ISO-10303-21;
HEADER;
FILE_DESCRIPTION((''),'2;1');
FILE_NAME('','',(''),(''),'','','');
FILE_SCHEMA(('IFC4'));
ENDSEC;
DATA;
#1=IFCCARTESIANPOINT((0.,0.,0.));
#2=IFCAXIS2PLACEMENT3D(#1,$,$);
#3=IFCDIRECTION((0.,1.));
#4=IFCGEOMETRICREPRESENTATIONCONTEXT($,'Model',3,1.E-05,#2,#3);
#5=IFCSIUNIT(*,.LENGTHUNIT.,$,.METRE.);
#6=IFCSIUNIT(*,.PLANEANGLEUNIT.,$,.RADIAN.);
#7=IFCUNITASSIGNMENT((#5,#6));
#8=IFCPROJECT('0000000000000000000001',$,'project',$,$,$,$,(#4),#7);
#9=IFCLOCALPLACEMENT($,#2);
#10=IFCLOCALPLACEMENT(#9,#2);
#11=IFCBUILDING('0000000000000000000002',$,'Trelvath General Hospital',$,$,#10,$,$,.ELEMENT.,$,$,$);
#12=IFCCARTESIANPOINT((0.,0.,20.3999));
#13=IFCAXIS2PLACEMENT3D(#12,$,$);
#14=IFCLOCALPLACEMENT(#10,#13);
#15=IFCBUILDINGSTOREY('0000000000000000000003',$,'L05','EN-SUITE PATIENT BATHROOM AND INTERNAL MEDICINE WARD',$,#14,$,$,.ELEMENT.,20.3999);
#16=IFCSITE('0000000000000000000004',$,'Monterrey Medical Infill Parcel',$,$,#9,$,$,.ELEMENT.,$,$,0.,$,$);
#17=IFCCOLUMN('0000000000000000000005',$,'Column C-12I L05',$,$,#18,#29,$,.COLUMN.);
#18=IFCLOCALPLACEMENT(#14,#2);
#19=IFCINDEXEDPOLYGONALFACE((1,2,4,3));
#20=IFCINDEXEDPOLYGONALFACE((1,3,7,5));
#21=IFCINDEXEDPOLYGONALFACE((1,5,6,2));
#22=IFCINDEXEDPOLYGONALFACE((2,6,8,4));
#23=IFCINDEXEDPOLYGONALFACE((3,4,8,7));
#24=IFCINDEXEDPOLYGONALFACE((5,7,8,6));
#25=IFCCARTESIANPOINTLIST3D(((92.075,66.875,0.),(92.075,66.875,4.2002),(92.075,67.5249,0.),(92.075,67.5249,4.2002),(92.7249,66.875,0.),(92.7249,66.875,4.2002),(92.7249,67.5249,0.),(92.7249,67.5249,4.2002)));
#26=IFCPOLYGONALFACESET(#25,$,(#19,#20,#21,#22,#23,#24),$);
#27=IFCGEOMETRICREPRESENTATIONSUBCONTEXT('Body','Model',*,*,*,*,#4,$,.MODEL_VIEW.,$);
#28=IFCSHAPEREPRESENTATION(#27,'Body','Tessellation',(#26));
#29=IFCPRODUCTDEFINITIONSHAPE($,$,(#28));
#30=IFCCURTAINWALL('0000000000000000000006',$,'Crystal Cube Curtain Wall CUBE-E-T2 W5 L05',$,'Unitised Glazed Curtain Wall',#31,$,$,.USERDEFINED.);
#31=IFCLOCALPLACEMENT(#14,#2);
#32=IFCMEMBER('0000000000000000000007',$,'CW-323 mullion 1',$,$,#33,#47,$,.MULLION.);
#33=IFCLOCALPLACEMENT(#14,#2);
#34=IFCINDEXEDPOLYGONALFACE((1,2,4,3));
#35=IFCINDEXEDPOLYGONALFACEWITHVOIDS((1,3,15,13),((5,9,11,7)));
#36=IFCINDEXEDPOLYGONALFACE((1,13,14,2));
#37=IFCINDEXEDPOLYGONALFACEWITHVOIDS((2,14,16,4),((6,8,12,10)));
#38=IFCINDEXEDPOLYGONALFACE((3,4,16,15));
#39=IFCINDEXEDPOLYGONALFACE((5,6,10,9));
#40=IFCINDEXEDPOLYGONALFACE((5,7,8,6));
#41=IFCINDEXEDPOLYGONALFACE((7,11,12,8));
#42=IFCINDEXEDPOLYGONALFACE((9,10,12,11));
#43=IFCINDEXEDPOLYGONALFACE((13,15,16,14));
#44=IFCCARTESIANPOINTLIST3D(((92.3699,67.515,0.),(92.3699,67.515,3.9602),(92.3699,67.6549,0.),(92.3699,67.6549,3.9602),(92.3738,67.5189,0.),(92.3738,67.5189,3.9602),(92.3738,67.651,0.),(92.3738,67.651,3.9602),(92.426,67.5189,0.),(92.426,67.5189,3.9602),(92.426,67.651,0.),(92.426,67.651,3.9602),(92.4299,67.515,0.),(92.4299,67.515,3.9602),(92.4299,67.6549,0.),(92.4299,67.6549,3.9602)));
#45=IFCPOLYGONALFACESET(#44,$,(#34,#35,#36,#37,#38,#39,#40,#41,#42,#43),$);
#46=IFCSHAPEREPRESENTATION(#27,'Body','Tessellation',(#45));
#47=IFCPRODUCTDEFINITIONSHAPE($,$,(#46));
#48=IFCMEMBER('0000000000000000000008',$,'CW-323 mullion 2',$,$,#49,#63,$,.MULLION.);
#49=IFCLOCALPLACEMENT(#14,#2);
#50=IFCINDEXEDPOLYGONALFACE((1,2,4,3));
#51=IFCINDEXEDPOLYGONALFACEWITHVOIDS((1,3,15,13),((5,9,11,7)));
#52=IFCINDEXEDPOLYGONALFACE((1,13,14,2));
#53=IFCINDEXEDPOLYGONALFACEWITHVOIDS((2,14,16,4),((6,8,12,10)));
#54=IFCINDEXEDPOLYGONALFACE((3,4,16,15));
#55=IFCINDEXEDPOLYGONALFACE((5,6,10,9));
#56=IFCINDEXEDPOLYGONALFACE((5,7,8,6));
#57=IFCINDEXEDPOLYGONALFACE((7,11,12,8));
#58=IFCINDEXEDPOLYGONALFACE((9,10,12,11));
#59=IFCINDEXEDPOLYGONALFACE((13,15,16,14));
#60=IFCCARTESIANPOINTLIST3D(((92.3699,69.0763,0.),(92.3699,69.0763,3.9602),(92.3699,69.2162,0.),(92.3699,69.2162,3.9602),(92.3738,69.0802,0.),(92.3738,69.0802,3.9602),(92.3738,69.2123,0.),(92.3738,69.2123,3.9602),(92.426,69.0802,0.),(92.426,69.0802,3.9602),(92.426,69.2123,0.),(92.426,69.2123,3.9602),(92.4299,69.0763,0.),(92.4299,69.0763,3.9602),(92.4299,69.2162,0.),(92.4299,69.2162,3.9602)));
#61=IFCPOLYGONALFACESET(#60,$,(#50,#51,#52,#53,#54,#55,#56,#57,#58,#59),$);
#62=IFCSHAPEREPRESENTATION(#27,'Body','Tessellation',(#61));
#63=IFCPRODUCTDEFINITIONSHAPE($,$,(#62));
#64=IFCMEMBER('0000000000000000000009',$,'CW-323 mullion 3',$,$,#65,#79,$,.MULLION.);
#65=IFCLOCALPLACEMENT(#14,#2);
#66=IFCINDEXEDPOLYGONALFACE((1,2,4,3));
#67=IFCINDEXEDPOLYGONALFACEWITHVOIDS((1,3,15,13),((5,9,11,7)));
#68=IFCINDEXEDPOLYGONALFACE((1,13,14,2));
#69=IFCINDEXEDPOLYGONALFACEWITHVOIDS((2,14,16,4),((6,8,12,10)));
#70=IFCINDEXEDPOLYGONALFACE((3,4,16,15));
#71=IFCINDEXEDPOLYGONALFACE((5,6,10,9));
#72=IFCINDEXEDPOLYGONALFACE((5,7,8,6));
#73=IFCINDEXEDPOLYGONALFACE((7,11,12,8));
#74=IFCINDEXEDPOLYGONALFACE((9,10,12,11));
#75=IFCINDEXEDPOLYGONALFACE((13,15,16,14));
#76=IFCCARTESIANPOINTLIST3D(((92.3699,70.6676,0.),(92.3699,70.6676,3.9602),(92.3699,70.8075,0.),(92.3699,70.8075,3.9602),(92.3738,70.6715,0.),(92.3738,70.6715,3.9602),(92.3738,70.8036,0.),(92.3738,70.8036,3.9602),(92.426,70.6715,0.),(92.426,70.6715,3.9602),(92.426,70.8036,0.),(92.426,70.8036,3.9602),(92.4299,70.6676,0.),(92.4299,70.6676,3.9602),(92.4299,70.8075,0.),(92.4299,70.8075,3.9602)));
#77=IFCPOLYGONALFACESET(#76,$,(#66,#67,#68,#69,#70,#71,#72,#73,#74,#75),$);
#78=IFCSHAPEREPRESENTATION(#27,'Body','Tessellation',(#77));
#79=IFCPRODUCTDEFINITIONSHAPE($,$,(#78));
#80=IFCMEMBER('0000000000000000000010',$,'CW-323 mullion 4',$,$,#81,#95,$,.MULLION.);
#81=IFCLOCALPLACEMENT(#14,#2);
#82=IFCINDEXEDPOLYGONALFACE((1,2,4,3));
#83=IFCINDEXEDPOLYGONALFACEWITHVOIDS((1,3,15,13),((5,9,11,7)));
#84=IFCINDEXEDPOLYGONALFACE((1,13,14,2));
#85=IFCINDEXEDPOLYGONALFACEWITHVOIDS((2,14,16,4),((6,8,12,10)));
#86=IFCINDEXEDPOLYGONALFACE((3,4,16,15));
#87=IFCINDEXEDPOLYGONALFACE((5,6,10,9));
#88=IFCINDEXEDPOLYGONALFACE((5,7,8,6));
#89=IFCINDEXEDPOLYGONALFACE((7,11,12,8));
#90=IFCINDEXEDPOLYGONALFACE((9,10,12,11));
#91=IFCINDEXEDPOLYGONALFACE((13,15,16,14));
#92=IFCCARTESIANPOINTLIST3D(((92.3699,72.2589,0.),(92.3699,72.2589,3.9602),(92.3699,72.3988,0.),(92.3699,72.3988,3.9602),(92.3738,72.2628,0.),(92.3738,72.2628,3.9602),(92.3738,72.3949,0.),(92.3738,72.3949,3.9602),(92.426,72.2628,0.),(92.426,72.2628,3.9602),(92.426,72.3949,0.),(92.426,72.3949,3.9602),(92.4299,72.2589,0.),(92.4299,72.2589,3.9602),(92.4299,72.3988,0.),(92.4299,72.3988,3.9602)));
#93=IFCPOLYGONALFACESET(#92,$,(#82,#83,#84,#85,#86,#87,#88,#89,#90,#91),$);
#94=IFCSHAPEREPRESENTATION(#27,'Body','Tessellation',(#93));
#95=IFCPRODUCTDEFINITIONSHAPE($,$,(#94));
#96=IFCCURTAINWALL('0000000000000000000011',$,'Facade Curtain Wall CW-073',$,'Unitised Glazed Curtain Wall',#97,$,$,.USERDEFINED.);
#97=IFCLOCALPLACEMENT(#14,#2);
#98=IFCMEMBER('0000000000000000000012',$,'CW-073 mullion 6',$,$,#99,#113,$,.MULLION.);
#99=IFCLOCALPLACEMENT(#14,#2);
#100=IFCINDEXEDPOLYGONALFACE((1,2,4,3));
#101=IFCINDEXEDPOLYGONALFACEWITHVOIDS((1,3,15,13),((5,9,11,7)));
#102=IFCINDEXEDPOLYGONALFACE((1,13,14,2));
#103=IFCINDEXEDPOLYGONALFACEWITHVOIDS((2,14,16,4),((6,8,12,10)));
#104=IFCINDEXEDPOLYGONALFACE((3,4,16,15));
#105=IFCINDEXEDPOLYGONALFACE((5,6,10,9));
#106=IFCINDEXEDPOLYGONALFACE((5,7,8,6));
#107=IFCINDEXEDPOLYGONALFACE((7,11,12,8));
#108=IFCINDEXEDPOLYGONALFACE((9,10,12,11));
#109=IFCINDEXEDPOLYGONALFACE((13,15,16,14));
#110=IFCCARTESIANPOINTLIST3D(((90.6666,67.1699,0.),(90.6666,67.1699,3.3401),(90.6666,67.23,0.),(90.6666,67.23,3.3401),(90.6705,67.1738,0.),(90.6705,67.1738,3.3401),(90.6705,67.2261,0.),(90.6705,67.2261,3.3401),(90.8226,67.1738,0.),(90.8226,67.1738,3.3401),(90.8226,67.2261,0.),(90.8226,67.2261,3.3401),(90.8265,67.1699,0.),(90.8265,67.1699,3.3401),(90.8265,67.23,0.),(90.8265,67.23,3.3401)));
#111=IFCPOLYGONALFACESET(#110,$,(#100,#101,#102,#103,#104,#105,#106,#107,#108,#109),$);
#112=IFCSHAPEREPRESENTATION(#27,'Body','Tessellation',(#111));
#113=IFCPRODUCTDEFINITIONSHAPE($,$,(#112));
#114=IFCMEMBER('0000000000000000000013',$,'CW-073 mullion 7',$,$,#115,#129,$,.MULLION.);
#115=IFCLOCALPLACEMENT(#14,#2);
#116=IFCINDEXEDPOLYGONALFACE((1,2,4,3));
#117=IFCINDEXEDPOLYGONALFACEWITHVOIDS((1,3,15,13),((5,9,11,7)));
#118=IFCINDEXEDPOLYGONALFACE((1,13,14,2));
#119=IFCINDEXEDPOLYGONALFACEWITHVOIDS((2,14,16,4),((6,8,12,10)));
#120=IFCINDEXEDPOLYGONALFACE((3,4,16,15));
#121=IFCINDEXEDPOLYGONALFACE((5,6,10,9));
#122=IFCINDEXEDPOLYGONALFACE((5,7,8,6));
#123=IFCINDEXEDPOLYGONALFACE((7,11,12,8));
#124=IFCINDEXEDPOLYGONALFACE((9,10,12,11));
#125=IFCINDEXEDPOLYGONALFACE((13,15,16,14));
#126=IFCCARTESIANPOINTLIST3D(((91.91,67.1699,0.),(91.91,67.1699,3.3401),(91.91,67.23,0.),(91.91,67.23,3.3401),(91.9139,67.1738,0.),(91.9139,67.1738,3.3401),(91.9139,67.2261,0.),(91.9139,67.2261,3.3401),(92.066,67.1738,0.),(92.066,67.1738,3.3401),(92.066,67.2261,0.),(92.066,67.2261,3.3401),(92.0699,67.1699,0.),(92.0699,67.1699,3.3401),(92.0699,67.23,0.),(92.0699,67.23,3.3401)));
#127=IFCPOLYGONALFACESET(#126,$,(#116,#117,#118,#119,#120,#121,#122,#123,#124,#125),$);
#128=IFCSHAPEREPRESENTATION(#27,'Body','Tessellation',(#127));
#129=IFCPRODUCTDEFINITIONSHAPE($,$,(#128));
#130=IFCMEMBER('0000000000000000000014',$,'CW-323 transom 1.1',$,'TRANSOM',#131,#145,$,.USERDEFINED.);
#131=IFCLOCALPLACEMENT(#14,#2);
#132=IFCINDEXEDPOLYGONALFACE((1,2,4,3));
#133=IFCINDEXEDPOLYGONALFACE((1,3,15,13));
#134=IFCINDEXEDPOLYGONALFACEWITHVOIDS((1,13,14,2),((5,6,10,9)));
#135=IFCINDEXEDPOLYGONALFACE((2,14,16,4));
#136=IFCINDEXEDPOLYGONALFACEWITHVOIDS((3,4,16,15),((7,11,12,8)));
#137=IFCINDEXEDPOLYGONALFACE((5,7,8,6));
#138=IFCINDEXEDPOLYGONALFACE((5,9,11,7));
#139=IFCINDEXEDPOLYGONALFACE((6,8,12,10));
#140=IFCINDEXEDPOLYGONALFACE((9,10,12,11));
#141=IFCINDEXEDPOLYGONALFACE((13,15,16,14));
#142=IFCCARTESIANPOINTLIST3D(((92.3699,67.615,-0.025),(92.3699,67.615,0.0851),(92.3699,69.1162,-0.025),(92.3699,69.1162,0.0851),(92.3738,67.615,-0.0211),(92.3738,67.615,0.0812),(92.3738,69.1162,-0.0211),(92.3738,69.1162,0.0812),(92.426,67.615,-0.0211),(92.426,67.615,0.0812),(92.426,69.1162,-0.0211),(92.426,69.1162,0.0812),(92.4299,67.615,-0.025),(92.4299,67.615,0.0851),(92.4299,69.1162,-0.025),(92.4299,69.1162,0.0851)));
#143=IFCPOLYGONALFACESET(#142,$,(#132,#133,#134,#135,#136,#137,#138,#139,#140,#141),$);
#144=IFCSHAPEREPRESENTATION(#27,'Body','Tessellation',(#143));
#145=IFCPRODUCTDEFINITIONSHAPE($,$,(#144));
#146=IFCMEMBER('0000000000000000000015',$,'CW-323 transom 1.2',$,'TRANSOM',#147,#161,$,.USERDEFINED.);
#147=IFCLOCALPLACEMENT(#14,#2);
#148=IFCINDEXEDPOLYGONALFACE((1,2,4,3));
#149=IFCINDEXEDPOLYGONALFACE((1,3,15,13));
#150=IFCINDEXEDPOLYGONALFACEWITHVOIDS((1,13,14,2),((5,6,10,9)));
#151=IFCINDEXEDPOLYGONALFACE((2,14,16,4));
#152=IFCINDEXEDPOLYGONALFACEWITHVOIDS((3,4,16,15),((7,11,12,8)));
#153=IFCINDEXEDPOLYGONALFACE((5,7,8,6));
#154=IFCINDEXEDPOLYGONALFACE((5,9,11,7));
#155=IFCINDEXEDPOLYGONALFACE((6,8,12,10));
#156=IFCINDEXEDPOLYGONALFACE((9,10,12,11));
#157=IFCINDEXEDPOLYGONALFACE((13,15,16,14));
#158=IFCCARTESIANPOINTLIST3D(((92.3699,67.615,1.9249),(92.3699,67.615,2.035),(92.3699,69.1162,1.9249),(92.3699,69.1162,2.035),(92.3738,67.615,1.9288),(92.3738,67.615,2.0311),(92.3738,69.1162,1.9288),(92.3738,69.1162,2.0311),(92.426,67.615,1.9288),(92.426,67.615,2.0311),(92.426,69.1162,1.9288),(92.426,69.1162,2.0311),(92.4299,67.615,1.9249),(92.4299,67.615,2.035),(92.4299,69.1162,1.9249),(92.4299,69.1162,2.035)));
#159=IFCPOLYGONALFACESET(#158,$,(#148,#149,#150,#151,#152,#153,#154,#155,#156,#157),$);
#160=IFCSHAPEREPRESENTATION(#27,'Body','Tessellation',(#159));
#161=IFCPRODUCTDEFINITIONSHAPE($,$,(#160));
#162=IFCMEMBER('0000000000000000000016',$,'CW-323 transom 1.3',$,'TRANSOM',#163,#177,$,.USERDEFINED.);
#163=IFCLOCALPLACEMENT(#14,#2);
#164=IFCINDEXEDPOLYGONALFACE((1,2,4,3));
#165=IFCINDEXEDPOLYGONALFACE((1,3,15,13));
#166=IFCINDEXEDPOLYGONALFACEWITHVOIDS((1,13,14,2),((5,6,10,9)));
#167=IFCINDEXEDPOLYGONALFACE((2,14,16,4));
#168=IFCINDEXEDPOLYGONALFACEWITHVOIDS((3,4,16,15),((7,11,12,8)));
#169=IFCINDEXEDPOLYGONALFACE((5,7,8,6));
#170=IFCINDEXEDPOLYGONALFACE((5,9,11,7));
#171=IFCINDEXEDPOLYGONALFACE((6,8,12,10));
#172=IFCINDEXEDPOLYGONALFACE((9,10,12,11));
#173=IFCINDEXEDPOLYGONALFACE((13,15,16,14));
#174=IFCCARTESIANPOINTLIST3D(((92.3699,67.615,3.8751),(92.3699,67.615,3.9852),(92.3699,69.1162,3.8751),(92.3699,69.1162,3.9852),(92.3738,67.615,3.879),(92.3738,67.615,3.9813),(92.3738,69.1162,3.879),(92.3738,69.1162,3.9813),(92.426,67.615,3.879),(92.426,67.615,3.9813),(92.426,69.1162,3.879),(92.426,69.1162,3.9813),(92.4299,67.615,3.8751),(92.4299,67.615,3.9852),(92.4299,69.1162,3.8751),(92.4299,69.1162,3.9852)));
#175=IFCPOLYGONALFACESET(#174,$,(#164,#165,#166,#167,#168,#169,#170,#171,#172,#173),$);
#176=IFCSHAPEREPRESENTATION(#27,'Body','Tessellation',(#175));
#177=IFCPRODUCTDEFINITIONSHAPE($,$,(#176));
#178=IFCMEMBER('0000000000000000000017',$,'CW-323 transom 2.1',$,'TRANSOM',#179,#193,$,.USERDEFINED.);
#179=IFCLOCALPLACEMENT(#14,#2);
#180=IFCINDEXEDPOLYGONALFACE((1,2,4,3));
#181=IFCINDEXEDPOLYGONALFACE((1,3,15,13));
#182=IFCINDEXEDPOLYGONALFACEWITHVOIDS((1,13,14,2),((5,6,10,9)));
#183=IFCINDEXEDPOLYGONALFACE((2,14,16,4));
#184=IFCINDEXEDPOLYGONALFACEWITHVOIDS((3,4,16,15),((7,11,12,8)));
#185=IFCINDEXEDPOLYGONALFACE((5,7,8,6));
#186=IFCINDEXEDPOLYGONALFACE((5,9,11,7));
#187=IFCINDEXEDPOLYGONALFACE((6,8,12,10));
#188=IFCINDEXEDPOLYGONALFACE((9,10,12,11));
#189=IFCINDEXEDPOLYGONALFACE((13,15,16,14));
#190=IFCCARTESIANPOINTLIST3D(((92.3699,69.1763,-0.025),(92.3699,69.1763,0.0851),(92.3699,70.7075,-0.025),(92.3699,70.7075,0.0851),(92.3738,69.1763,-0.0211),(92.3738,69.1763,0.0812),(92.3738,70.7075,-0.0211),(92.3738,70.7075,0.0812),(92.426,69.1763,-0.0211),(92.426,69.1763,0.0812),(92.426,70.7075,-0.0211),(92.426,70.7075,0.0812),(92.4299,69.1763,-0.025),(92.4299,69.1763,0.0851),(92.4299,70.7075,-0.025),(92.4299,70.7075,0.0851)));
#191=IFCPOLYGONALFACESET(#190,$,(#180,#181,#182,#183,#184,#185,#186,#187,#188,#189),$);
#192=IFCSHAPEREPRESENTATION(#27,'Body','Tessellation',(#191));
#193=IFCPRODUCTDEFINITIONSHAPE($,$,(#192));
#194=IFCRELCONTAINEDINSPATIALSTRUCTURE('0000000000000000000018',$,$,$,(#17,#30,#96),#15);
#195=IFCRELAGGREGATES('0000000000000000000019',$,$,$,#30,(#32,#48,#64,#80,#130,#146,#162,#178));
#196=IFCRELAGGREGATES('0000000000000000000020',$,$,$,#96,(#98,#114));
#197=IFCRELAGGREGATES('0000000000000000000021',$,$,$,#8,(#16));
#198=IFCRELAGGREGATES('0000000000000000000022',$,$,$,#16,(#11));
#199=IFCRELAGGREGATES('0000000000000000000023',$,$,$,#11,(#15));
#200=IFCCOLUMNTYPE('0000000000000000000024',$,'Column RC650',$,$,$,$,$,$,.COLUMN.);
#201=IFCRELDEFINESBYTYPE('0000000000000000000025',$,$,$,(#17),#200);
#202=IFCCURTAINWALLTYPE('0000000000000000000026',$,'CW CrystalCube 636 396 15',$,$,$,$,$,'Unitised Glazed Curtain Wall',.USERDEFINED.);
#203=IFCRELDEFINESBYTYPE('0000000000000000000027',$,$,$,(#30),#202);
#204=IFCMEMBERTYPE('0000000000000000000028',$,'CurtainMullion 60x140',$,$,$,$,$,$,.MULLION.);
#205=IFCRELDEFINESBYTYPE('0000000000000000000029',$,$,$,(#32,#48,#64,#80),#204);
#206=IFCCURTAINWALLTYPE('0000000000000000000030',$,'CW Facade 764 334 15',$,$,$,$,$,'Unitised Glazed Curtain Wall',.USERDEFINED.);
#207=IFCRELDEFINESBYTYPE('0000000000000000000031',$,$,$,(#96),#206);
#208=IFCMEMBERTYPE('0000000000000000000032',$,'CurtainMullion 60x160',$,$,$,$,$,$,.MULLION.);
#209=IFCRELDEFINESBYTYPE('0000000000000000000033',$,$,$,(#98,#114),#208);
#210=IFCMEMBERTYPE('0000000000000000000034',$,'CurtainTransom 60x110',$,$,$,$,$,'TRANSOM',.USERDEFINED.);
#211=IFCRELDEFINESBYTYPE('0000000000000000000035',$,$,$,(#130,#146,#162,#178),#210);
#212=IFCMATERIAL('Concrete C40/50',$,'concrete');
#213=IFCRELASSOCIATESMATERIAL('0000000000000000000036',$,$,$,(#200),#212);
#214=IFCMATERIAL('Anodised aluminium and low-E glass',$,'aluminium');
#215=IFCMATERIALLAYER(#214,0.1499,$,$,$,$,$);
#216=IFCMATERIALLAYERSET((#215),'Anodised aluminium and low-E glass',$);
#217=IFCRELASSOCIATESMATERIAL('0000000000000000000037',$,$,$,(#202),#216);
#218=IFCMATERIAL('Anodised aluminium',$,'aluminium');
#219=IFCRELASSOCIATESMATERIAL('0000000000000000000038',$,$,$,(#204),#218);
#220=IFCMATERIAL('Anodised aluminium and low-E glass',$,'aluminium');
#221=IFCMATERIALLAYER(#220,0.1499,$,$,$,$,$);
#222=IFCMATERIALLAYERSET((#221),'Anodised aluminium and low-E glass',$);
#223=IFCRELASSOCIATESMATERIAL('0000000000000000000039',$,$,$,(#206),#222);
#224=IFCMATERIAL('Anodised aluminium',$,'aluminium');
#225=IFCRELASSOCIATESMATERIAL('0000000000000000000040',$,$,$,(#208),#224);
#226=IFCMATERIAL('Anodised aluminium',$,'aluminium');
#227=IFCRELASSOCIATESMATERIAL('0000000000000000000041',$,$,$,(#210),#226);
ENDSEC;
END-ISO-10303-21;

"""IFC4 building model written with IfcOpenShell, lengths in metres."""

from ifc_helpers import new_model, si_unit, direction, frame, origin, origin_2d, place, context, subcontext, project, spatial, rectangle, hollow_rectangle, extrude, material, layer, layer_set, material_profile, profile_set, type_object, element, aggregate, save


model = new_model("IFC4")

# Units and contexts
model_context = context("Model", 3, precision=1e-05, world=origin(), true_north=direction((0.0, 1.0)))
body_context = subcontext(model_context, "Body", "Model", "MODEL_VIEW")
ifc_project = project(units=[si_unit("LENGTHUNIT", "METRE"), si_unit("PLANEANGLEUNIT", "RADIAN")], contexts=[model_context])

# Site, building, storey
site_placement = place(None, origin())
site = spatial("IfcSite", under=ifc_project, at=site_placement, Name="Monterrey Medical Infill Parcel", CompositionType="ELEMENT", RefElevation=0.0)
building_placement = place(site_placement, origin())
building = spatial("IfcBuilding", under=site, at=building_placement, Name="Trelvath General Hospital", CompositionType="ELEMENT")
storey_placement = place(building_placement, frame((0.0, 0.0, 20.3999)))
storey = spatial("IfcBuildingStorey", under=building, at=storey_placement, Name="L05", Description="EN-SUITE PATIENT BATHROOM AND INTERNAL MEDICINE WARD", CompositionType="ELEMENT", Elevation=20.3999)

# Column
ifc_material_1 = material(Name="Concrete C40/50", Category="concrete")
ifc_material_profile_1 = material_profile(ifc_material_1, rectangle(XDim=0.6499, YDim=0.6499, at=origin_2d()), Name="RC650x650")
ifc_profile_set_1 = profile_set([ifc_material_profile_1], Name="Concrete C40/50")
column_type = type_object("IfcColumnType", Name="Column RC650", PredefinedType="COLUMN", material=ifc_profile_set_1)
column_placement = place(storey_placement, frame((92.3999, 67.2, 0.0), z_axis=(0.0, 0.0, 1.0), x_axis=(1.0, 0.0, 0.0)))
element("IfcColumn", 1, at=column_placement, inside=storey, type_object=column_type, Name="Column C-12I L05", PredefinedType="COLUMN", context=body_context, shape_type="SweptSolid", body=[
    extrude(rectangle(XDim=0.6499, YDim=0.6499, at=origin_2d()), origin(), (0.0, 0.0, 1.0), 4.2002),
])

# Curtain walls, members
ifc_material_2 = material(Name="Anodised aluminium and low-E glass", Category="aluminium")
ifc_layer_1 = layer(ifc_material_2, 0.1499)
ifc_layer_set_1 = layer_set([ifc_layer_1], Name="Anodised aluminium and low-E glass")
curtain_wall_type_1 = type_object("IfcCurtainWallType", Name="CW CrystalCube 636 396 15", ElementType="Unitised Glazed Curtain Wall", PredefinedType="USERDEFINED", material=ifc_layer_set_1)
curtain_wall_1_placement = place(storey_placement, origin())
curtain_wall_1 = element("IfcCurtainWall", 2, at=curtain_wall_1_placement, inside=storey, type_object=curtain_wall_type_1, Name="Crystal Cube Curtain Wall CUBE-E-T2 W5 L05", ObjectType="Unitised Glazed Curtain Wall", PredefinedType="USERDEFINED")
ifc_material_3 = material(Name="Anodised aluminium", Category="aluminium")
ifc_material_profile_2 = material_profile(ifc_material_3, hollow_rectangle(XDim=0.0601, YDim=0.1399, WallThickness=0.0039, at=origin_2d()), Name="RHS60x140x4")
ifc_profile_set_2 = profile_set([ifc_material_profile_2], Name="Anodised aluminium")
member_type_1 = type_object("IfcMemberType", Name="CurtainMullion 60x140", PredefinedType="MULLION", material=ifc_profile_set_2)
member_1_placement = place(storey_placement, frame((92.3999, 67.585, 0.0), z_axis=(0.0, 0.0, 1.0), x_axis=(-1.0, 0.0, 0.0)))
member_1 = element("IfcMember", 3, at=member_1_placement, type_object=member_type_1, Name="CW-323 mullion 1", PredefinedType="MULLION", context=body_context, shape_type="SweptSolid", body=[
    extrude(hollow_rectangle(XDim=0.0601, YDim=0.1399, WallThickness=0.0039, at=origin_2d()), origin(), (0.0, 0.0, 1.0), 3.9602),
])
member_2_placement = place(storey_placement, frame((92.3999, 69.1462, 0.0), z_axis=(0.0, 0.0, 1.0), x_axis=(-1.0, 0.0, 0.0)))
member_2 = element("IfcMember", 4, at=member_2_placement, type_object=member_type_1, Name="CW-323 mullion 2", PredefinedType="MULLION", context=body_context, shape_type="SweptSolid", body=[
    extrude(hollow_rectangle(XDim=0.0601, YDim=0.1399, WallThickness=0.0039, at=origin_2d()), origin(), (0.0, 0.0, 1.0), 3.9602),
])
member_3_placement = place(storey_placement, frame((92.3999, 70.7375, 0.0), z_axis=(0.0, 0.0, 1.0), x_axis=(-1.0, 0.0, 0.0)))
member_3 = element("IfcMember", 5, at=member_3_placement, type_object=member_type_1, Name="CW-323 mullion 3", PredefinedType="MULLION", context=body_context, shape_type="SweptSolid", body=[
    extrude(hollow_rectangle(XDim=0.0601, YDim=0.1399, WallThickness=0.0039, at=origin_2d()), origin(), (0.0, 0.0, 1.0), 3.9602),
])
member_4_placement = place(storey_placement, frame((92.3999, 72.3289, 0.0), z_axis=(0.0, 0.0, 1.0), x_axis=(-1.0, 0.0, 0.0)))
member_4 = element("IfcMember", 6, at=member_4_placement, type_object=member_type_1, Name="CW-323 mullion 4", PredefinedType="MULLION", context=body_context, shape_type="SweptSolid", body=[
    extrude(hollow_rectangle(XDim=0.0601, YDim=0.1399, WallThickness=0.0039, at=origin_2d()), origin(), (0.0, 0.0, 1.0), 3.9602),
])
ifc_material_4 = material(Name="Anodised aluminium and low-E glass", Category="aluminium")
ifc_layer_2 = layer(ifc_material_4, 0.1499)
ifc_layer_set_2 = layer_set([ifc_layer_2], Name="Anodised aluminium and low-E glass")
curtain_wall_type_2 = type_object("IfcCurtainWallType", Name="CW Facade 764 334 15", ElementType="Unitised Glazed Curtain Wall", PredefinedType="USERDEFINED", material=ifc_layer_set_2)
curtain_wall_2_placement = place(storey_placement, origin())
curtain_wall_2 = element("IfcCurtainWall", 7, at=curtain_wall_2_placement, inside=storey, type_object=curtain_wall_type_2, Name="Facade Curtain Wall CW-073", ObjectType="Unitised Glazed Curtain Wall", PredefinedType="USERDEFINED")
ifc_material_5 = material(Name="Anodised aluminium", Category="aluminium")
ifc_material_profile_3 = material_profile(ifc_material_5, hollow_rectangle(XDim=0.0601, YDim=0.1599, WallThickness=0.0039, at=origin_2d()), Name="RHS60x160x4")
ifc_profile_set_3 = profile_set([ifc_material_profile_3], Name="Anodised aluminium")
member_type_2 = type_object("IfcMemberType", Name="CurtainMullion 60x160", PredefinedType="MULLION", material=ifc_profile_set_3)
member_5_placement = place(storey_placement, frame((90.7466, 67.2, 0.0), z_axis=(0.0, 0.0, 1.0), x_axis=(0.0, 1.0, 0.0)))
member_5 = element("IfcMember", 8, at=member_5_placement, type_object=member_type_2, Name="CW-073 mullion 6", PredefinedType="MULLION", context=body_context, shape_type="SweptSolid", body=[
    extrude(hollow_rectangle(XDim=0.0601, YDim=0.1599, WallThickness=0.0039, at=origin_2d()), origin(), (0.0, 0.0, 1.0), 3.3401),
])
member_6_placement = place(storey_placement, frame((91.99, 67.2, 0.0), z_axis=(0.0, 0.0, 1.0), x_axis=(0.0, 1.0, 0.0)))
member_6 = element("IfcMember", 9, at=member_6_placement, type_object=member_type_2, Name="CW-073 mullion 7", PredefinedType="MULLION", context=body_context, shape_type="SweptSolid", body=[
    extrude(hollow_rectangle(XDim=0.0601, YDim=0.1599, WallThickness=0.0039, at=origin_2d()), origin(), (0.0, 0.0, 1.0), 3.3401),
])

# Members
ifc_material_6 = material(Name="Anodised aluminium", Category="aluminium")
ifc_material_profile_4 = material_profile(ifc_material_6, hollow_rectangle(XDim=0.0601, YDim=0.1101, WallThickness=0.0039, at=origin_2d()), Name="RHS60x110x4")
ifc_profile_set_4 = profile_set([ifc_material_profile_4], Name="Anodised aluminium")
member_type_3 = type_object("IfcMemberType", Name="CurtainTransom 60x110", ElementType="TRANSOM", PredefinedType="USERDEFINED", material=ifc_profile_set_4)
member_7_placement = place(storey_placement, frame((92.3999, 67.615, 0.03), z_axis=(0.0, 1.0, 0.0), x_axis=(-1.0, 0.0, 0.0)))
member_7 = element("IfcMember", 10, at=member_7_placement, type_object=member_type_3, Name="CW-323 transom 1.1", ObjectType="TRANSOM", PredefinedType="USERDEFINED", context=body_context, shape_type="SweptSolid", body=[
    extrude(hollow_rectangle(XDim=0.0601, YDim=0.1101, WallThickness=0.0039, at=origin_2d()), origin(), (0.0, 0.0, 1.0), 1.5012),
])
member_8_placement = place(storey_placement, frame((92.3999, 67.615, 1.98), z_axis=(0.0, 1.0, 0.0), x_axis=(-1.0, 0.0, 0.0)))
member_8 = element("IfcMember", 11, at=member_8_placement, type_object=member_type_3, Name="CW-323 transom 1.2", ObjectType="TRANSOM", PredefinedType="USERDEFINED", context=body_context, shape_type="SweptSolid", body=[
    extrude(hollow_rectangle(XDim=0.0601, YDim=0.1101, WallThickness=0.0039, at=origin_2d()), origin(), (0.0, 0.0, 1.0), 1.5012),
])
member_9_placement = place(storey_placement, frame((92.3999, 67.615, 3.9302), z_axis=(0.0, 1.0, 0.0), x_axis=(-1.0, 0.0, 0.0)))
member_9 = element("IfcMember", 12, at=member_9_placement, type_object=member_type_3, Name="CW-323 transom 1.3", ObjectType="TRANSOM", PredefinedType="USERDEFINED", context=body_context, shape_type="SweptSolid", body=[
    extrude(hollow_rectangle(XDim=0.0601, YDim=0.1101, WallThickness=0.0039, at=origin_2d()), origin(), (0.0, 0.0, 1.0), 1.5012),
])
member_10_placement = place(storey_placement, frame((92.3999, 69.1763, 0.03), z_axis=(0.0, 1.0, 0.0), x_axis=(-1.0, 0.0, 0.0)))
member_10 = element("IfcMember", 13, at=member_10_placement, type_object=member_type_3, Name="CW-323 transom 2.1", ObjectType="TRANSOM", PredefinedType="USERDEFINED", context=body_context, shape_type="SweptSolid", body=[
    extrude(hollow_rectangle(XDim=0.0601, YDim=0.1101, WallThickness=0.0039, at=origin_2d()), origin(), (0.0, 0.0, 1.0), 1.5312),
])

aggregate(curtain_wall_1, [member_1, member_2, member_3, member_4, member_7, member_8, member_9, member_10])
aggregate(curtain_wall_2, [member_5, member_6])

save(model, "model.ifc")
